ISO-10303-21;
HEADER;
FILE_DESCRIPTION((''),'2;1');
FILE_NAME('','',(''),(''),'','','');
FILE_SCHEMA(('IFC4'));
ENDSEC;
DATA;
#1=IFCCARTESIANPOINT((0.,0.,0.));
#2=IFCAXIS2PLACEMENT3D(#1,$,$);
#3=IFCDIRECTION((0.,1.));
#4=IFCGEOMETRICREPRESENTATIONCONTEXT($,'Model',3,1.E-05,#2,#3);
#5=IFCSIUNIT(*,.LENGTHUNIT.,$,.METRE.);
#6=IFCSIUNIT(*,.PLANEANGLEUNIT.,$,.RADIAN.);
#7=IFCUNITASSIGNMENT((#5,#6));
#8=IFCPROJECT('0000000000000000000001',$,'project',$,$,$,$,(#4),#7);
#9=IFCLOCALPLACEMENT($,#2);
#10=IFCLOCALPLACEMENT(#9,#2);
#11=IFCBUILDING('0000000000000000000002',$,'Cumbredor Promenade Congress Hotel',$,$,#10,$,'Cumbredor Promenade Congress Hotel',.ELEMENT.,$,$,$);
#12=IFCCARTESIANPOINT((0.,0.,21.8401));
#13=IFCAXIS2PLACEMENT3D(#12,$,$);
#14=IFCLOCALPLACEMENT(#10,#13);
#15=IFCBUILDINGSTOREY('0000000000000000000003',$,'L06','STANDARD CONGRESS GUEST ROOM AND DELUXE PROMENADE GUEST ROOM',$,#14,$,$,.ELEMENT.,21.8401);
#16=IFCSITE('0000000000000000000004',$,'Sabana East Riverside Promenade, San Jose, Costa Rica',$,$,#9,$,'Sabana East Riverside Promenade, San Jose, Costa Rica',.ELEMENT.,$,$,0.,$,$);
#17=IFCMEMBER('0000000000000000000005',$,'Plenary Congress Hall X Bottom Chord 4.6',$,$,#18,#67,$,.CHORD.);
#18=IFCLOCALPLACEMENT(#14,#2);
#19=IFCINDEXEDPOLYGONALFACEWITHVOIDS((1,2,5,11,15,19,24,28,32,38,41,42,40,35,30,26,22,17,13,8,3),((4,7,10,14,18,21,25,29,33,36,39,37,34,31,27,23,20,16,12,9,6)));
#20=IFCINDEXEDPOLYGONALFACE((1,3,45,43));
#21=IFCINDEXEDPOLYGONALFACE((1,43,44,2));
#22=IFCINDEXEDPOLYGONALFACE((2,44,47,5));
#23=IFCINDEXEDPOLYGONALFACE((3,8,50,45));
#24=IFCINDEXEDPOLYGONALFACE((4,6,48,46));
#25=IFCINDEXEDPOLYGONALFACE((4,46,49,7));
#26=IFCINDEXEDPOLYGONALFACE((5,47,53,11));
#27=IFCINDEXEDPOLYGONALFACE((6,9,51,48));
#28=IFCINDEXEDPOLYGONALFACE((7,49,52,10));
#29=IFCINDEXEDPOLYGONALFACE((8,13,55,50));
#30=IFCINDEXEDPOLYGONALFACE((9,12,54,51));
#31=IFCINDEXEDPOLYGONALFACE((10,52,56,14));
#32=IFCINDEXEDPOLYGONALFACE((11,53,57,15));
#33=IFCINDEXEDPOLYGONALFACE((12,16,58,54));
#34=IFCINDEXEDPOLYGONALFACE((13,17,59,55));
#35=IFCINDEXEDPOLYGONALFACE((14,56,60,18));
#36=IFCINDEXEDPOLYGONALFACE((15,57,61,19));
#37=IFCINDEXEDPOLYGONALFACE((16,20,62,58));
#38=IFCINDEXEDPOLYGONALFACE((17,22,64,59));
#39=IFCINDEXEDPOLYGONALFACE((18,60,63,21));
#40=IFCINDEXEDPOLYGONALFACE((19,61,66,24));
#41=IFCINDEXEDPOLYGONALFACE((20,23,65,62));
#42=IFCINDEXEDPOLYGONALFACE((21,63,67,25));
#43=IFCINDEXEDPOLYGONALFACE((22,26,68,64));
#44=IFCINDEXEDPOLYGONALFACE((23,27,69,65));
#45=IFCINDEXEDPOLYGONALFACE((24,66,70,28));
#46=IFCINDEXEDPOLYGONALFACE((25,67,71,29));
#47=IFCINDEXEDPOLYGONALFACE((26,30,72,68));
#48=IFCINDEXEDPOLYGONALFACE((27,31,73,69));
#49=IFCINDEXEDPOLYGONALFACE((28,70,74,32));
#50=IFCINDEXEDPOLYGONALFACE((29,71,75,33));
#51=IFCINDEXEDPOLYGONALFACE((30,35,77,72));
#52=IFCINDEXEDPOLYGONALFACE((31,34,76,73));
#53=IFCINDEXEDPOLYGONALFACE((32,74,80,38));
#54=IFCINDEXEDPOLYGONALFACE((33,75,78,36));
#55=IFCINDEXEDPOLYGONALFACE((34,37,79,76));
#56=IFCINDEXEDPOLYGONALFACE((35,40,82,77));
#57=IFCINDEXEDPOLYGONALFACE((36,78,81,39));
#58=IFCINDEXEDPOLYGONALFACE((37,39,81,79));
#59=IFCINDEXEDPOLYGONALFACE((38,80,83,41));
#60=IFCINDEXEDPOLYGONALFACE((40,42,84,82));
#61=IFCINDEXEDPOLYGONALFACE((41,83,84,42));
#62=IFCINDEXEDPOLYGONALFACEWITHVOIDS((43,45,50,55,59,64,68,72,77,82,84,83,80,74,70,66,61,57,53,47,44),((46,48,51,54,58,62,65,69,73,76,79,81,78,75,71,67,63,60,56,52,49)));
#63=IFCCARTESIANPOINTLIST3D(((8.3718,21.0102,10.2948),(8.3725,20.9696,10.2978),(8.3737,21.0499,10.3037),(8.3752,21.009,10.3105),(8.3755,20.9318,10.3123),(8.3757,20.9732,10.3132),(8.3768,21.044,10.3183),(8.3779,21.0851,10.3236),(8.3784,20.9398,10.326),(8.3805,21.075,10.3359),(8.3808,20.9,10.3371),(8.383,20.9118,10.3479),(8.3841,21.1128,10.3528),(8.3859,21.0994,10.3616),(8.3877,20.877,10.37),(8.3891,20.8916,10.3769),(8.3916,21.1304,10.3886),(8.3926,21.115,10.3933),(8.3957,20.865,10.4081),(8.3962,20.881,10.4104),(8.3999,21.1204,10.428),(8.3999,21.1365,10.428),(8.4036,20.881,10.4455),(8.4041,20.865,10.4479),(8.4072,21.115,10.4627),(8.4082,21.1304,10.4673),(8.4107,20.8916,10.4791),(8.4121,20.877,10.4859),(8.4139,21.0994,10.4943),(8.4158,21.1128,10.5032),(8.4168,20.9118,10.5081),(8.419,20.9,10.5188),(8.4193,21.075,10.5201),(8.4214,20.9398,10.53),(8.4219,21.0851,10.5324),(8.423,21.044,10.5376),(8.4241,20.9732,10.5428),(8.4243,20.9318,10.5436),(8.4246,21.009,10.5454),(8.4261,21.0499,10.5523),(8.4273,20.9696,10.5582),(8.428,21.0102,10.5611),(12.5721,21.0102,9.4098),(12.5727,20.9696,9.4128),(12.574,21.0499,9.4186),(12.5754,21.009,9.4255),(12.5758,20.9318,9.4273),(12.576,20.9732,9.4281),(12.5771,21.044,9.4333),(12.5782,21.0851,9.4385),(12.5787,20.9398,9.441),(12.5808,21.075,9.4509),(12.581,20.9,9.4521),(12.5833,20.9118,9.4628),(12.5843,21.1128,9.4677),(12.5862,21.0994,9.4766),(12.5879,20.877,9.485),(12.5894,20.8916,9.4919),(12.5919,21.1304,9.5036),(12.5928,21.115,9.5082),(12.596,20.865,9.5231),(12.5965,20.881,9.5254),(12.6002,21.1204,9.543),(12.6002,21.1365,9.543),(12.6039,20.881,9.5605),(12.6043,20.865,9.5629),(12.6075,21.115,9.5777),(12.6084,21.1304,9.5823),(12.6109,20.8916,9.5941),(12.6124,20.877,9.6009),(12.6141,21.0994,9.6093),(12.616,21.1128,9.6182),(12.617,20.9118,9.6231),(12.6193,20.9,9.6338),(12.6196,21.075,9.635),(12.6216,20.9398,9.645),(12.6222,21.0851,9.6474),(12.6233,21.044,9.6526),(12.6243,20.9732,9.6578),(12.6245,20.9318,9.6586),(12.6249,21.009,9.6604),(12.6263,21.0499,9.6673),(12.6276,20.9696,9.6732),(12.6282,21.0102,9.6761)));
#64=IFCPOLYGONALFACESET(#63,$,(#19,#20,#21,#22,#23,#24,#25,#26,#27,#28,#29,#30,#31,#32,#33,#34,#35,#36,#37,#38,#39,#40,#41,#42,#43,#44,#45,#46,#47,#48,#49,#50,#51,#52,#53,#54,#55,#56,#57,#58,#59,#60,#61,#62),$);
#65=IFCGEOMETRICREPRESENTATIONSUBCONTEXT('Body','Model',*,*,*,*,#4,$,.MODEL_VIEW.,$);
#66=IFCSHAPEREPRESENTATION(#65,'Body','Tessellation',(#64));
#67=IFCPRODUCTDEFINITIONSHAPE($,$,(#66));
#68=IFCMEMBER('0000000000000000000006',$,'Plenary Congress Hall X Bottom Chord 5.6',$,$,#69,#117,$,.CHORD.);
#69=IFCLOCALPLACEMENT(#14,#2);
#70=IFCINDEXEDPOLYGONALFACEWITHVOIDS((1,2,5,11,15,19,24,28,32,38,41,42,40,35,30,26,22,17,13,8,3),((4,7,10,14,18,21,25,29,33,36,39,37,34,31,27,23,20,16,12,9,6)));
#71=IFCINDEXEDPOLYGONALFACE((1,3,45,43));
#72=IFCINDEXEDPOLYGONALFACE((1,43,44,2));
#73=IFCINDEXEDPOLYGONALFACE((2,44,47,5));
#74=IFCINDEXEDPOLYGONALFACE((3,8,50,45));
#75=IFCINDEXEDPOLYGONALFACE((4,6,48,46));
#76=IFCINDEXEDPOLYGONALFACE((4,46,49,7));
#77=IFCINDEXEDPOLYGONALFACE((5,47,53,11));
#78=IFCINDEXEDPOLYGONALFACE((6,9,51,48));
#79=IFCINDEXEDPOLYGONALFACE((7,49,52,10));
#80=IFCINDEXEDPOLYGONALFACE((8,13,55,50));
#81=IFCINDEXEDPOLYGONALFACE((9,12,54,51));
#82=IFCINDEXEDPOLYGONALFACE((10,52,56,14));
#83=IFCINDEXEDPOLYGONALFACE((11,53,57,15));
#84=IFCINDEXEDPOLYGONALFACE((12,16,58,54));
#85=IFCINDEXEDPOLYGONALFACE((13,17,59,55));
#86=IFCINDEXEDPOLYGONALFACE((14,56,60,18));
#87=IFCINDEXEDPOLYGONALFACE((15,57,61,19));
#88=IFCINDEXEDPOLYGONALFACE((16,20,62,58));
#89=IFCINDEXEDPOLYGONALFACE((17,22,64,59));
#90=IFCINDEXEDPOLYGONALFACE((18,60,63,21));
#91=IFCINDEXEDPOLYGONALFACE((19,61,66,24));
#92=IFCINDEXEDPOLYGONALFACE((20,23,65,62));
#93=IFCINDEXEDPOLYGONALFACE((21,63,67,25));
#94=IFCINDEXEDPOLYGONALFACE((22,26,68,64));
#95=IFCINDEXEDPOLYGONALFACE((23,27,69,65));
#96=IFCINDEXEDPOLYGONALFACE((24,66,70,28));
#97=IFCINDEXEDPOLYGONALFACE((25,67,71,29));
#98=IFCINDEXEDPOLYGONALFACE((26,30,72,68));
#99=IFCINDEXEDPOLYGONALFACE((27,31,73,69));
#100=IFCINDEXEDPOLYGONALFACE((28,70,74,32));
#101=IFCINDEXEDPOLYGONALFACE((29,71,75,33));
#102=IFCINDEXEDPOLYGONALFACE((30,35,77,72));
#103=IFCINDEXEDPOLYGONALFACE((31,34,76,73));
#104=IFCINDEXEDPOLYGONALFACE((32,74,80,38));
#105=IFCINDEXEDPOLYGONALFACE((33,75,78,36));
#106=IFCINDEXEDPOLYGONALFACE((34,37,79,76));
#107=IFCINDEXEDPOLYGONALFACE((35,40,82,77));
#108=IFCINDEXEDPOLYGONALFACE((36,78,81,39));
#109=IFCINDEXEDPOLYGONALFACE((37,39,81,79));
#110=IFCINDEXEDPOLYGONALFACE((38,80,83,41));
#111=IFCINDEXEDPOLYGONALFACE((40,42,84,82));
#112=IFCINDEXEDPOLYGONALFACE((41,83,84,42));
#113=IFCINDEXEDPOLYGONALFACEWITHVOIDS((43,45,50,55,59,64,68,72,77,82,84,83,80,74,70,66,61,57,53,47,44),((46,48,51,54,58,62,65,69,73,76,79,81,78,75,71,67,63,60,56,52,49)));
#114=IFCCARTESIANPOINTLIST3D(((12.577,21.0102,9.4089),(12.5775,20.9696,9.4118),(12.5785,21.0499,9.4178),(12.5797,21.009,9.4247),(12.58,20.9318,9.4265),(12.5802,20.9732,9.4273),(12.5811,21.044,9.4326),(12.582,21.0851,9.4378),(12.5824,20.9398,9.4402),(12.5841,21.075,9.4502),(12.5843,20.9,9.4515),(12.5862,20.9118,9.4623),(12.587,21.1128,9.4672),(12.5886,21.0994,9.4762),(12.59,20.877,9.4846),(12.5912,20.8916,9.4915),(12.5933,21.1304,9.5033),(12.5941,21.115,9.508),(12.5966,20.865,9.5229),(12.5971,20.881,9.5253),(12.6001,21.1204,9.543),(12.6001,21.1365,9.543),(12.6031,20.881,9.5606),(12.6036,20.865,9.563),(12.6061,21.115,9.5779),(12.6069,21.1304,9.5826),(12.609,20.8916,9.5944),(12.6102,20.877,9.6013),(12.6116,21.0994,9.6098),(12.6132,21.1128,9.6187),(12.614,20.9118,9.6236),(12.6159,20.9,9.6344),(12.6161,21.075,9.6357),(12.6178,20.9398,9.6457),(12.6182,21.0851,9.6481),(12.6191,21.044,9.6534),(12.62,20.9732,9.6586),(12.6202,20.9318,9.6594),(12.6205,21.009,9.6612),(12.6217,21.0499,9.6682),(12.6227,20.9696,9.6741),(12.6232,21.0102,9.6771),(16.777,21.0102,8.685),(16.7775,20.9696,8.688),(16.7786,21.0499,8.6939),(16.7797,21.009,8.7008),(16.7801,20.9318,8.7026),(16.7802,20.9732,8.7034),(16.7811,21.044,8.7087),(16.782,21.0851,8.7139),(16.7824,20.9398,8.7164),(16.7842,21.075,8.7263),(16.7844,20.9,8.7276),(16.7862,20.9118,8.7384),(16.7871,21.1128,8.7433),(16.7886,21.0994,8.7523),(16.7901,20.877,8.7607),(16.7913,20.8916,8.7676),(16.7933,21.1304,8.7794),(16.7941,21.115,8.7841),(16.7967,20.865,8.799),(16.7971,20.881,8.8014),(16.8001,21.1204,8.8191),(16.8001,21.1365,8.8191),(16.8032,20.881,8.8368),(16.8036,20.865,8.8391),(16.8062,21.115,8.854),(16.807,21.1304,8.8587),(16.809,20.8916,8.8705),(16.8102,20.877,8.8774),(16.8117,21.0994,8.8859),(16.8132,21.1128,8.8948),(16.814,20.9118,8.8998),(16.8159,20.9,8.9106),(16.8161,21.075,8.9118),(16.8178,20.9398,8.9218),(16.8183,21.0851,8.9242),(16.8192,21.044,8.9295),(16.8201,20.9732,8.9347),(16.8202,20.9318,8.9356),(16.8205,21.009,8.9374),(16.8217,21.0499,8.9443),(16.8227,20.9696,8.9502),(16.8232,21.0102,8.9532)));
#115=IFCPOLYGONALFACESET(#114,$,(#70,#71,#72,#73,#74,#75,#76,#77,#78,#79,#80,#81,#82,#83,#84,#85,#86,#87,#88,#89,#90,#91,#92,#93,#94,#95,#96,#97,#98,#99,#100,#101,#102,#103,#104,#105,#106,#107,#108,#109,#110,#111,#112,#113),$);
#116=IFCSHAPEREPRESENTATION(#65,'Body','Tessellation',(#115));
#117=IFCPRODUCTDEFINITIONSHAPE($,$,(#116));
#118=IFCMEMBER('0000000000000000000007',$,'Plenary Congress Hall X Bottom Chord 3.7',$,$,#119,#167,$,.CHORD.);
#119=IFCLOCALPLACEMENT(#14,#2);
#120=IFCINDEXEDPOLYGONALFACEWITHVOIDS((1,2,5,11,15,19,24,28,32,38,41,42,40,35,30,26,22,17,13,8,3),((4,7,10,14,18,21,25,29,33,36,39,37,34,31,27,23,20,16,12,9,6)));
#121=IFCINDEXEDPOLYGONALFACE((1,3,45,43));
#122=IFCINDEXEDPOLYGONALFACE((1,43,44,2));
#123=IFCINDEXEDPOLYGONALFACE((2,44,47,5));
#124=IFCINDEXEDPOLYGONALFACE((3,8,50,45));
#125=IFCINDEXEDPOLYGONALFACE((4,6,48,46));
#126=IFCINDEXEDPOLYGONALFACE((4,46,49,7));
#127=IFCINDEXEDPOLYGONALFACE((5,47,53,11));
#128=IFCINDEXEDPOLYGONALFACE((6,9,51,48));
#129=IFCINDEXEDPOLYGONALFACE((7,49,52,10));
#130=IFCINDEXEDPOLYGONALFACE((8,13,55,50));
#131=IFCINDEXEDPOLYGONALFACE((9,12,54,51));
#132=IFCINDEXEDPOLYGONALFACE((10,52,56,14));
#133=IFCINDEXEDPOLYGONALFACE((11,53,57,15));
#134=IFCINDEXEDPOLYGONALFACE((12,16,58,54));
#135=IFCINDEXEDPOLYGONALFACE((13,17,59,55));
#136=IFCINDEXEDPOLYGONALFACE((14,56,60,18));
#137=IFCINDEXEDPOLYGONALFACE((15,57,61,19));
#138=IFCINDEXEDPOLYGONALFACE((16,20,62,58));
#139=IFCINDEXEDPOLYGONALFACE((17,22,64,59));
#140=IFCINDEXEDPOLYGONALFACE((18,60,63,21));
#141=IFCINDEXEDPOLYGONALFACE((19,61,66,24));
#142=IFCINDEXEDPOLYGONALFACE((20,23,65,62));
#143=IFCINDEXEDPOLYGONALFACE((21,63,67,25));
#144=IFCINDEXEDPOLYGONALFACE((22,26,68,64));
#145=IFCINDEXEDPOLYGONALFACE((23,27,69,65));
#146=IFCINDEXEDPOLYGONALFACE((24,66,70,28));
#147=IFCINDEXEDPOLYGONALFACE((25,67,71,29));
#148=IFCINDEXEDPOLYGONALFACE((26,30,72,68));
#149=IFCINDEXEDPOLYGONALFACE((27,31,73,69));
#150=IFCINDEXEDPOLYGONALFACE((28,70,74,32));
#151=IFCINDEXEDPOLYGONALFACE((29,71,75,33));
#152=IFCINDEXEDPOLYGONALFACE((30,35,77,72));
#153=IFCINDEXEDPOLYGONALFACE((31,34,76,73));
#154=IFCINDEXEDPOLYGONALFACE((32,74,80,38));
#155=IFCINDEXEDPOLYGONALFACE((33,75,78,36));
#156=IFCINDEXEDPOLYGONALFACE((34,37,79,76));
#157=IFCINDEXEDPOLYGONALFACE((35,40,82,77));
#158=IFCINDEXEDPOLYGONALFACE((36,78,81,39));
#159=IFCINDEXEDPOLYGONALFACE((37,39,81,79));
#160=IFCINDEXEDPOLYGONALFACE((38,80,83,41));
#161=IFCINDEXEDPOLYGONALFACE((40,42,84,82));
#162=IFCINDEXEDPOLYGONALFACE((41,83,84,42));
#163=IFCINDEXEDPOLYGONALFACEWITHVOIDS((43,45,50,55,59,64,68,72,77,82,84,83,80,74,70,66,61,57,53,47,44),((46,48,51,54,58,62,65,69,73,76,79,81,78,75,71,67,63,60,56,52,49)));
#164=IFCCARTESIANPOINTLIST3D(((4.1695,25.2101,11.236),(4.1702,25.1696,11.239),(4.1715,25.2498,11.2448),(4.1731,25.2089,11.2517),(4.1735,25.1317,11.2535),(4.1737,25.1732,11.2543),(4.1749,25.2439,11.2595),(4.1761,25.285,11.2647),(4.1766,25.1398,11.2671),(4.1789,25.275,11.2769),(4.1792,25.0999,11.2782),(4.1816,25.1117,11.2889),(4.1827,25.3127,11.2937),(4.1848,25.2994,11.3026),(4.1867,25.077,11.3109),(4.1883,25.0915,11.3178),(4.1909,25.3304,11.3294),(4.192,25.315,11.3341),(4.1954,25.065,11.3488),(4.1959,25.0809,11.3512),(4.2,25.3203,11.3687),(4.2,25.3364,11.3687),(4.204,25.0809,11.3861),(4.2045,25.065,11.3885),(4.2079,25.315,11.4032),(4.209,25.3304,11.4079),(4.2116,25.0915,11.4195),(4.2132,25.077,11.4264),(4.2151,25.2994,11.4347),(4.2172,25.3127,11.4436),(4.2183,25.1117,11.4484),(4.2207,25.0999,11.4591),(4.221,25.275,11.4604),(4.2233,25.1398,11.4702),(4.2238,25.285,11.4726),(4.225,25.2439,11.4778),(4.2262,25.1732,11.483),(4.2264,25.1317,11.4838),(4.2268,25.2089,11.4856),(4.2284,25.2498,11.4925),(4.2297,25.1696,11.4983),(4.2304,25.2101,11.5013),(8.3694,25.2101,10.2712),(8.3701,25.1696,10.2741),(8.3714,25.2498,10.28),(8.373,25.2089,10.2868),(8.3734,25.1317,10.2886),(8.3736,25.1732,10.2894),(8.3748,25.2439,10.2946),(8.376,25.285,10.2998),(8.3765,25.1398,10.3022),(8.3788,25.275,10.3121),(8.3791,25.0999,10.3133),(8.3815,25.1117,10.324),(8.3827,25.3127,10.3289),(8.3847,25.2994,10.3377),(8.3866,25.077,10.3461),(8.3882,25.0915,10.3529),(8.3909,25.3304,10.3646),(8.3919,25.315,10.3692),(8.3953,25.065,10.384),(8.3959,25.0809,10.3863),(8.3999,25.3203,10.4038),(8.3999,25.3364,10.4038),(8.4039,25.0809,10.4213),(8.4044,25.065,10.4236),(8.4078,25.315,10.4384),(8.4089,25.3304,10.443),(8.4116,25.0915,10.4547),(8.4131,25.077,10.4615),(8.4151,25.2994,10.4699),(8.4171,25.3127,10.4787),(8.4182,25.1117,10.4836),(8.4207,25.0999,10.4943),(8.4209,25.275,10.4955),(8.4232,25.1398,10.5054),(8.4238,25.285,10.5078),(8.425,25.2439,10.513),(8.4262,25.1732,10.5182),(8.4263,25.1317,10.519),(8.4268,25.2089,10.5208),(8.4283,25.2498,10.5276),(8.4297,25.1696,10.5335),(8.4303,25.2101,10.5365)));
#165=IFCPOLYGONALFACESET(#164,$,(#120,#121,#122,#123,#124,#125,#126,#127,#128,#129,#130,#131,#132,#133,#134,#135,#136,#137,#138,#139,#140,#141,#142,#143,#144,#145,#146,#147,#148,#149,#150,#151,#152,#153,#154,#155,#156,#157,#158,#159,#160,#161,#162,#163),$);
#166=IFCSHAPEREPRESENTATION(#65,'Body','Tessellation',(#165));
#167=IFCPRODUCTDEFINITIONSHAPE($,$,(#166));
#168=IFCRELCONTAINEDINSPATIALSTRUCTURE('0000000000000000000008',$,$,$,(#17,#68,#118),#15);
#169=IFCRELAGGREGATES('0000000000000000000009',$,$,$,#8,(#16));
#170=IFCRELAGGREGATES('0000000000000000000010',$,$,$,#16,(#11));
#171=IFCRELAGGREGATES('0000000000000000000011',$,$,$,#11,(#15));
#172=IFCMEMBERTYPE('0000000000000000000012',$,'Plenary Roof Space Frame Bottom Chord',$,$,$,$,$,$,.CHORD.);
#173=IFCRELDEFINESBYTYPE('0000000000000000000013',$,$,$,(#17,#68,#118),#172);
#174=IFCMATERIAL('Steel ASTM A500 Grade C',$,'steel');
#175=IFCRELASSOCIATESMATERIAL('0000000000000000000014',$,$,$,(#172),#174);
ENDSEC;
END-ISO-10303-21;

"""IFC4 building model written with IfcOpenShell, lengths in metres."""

from ifc_helpers import new_model, si_unit, direction, frame, origin, origin_2d, place, context, subcontext, project, spatial, hollow_circle, extrude, material, material_profile, profile_set, type_object, element, save


model = new_model("IFC4")

# Units and contexts
model_context = context("Model", 3, precision=1e-05, world=origin(), true_north=direction((0.0, 1.0)))
body_context = subcontext(model_context, "Body", "Model", "MODEL_VIEW")
ifc_project = project(units=[si_unit("LENGTHUNIT", "METRE"), si_unit("PLANEANGLEUNIT", "RADIAN")], contexts=[model_context])

# Site, building, storey
site_placement = place(None, origin())
site = spatial("IfcSite", under=ifc_project, at=site_placement, Name="Sabana East Riverside Promenade, San Jose, Costa Rica", LongName="Sabana East Riverside Promenade, San Jose, Costa Rica", CompositionType="ELEMENT", RefElevation=0.0)
building_placement = place(site_placement, origin())
building = spatial("IfcBuilding", under=site, at=building_placement, Name="Cumbredor Promenade Congress Hotel", LongName="Cumbredor Promenade Congress Hotel", CompositionType="ELEMENT")
storey_placement = place(building_placement, frame((0.0, 0.0, 21.8401)))
storey = spatial("IfcBuildingStorey", under=building, at=storey_placement, Name="L06", Description="STANDARD CONGRESS GUEST ROOM AND DELUXE PROMENADE GUEST ROOM", CompositionType="ELEMENT", Elevation=21.8401)

# Members
ifc_material_1 = material(Name="Steel ASTM A500 Grade C", Category="steel")
ifc_material_profile_1 = material_profile(ifc_material_1, hollow_circle(Radius=0.1365, WallThickness=0.0161, at=origin_2d()), Name="CHS 273.0x16")
ifc_profile_set_1 = profile_set([ifc_material_profile_1], Name="Steel ASTM A500 Grade C")
member_type_1 = type_object("IfcMemberType", Name="Plenary Roof Space Frame Bottom Chord", PredefinedType="CHORD", material=ifc_profile_set_1)
member_1_placement = place(storey_placement, frame((8.3999, 21.0, 10.428), z_axis=(0.978514, 0.0, -0.20618), x_axis=(0.0, 1.0, 0.0)))
element("IfcMember", 1, at=member_1_placement, inside=storey, type_object=member_type_1, Name="Plenary Congress Hall X Bottom Chord 4.6", PredefinedType="CHORD", context=body_context, shape_type="SweptSolid", body=[
    extrude(hollow_circle(Radius=0.1365, WallThickness=0.0161, at=origin_2d()), origin(), (0.0, 0.0, 1.0), 4.2925),
])
member_2_placement = place(storey_placement, frame((12.6001, 21.0, 9.543), z_axis=(0.98547, 0.0, -0.169849), x_axis=(0.0, 1.0, 0.0)))
element("IfcMember", 2, at=member_2_placement, inside=storey, type_object=member_type_1, Name="Plenary Congress Hall X Bottom Chord 5.6", PredefinedType="CHORD", context=body_context, shape_type="SweptSolid", body=[
    extrude(hollow_circle(Radius=0.1365, WallThickness=0.0161, at=origin_2d()), origin(), (0.0, 0.0, 1.0), 4.262),
])
member_3_placement = place(storey_placement, frame((4.2, 25.2, 11.3687), z_axis=(0.974613, 0.0, -0.223895), x_axis=(0.0, 1.0, 0.0)))
element("IfcMember", 3, at=member_3_placement, inside=storey, type_object=member_type_1, Name="Plenary Congress Hall X Bottom Chord 3.7", PredefinedType="CHORD", context=body_context, shape_type="SweptSolid", body=[
    extrude(hollow_circle(Radius=0.1365, WallThickness=0.0161, at=origin_2d()), origin(), (0.0, 0.0, 1.0), 4.3093),
])

save(model, "model.ifc")
